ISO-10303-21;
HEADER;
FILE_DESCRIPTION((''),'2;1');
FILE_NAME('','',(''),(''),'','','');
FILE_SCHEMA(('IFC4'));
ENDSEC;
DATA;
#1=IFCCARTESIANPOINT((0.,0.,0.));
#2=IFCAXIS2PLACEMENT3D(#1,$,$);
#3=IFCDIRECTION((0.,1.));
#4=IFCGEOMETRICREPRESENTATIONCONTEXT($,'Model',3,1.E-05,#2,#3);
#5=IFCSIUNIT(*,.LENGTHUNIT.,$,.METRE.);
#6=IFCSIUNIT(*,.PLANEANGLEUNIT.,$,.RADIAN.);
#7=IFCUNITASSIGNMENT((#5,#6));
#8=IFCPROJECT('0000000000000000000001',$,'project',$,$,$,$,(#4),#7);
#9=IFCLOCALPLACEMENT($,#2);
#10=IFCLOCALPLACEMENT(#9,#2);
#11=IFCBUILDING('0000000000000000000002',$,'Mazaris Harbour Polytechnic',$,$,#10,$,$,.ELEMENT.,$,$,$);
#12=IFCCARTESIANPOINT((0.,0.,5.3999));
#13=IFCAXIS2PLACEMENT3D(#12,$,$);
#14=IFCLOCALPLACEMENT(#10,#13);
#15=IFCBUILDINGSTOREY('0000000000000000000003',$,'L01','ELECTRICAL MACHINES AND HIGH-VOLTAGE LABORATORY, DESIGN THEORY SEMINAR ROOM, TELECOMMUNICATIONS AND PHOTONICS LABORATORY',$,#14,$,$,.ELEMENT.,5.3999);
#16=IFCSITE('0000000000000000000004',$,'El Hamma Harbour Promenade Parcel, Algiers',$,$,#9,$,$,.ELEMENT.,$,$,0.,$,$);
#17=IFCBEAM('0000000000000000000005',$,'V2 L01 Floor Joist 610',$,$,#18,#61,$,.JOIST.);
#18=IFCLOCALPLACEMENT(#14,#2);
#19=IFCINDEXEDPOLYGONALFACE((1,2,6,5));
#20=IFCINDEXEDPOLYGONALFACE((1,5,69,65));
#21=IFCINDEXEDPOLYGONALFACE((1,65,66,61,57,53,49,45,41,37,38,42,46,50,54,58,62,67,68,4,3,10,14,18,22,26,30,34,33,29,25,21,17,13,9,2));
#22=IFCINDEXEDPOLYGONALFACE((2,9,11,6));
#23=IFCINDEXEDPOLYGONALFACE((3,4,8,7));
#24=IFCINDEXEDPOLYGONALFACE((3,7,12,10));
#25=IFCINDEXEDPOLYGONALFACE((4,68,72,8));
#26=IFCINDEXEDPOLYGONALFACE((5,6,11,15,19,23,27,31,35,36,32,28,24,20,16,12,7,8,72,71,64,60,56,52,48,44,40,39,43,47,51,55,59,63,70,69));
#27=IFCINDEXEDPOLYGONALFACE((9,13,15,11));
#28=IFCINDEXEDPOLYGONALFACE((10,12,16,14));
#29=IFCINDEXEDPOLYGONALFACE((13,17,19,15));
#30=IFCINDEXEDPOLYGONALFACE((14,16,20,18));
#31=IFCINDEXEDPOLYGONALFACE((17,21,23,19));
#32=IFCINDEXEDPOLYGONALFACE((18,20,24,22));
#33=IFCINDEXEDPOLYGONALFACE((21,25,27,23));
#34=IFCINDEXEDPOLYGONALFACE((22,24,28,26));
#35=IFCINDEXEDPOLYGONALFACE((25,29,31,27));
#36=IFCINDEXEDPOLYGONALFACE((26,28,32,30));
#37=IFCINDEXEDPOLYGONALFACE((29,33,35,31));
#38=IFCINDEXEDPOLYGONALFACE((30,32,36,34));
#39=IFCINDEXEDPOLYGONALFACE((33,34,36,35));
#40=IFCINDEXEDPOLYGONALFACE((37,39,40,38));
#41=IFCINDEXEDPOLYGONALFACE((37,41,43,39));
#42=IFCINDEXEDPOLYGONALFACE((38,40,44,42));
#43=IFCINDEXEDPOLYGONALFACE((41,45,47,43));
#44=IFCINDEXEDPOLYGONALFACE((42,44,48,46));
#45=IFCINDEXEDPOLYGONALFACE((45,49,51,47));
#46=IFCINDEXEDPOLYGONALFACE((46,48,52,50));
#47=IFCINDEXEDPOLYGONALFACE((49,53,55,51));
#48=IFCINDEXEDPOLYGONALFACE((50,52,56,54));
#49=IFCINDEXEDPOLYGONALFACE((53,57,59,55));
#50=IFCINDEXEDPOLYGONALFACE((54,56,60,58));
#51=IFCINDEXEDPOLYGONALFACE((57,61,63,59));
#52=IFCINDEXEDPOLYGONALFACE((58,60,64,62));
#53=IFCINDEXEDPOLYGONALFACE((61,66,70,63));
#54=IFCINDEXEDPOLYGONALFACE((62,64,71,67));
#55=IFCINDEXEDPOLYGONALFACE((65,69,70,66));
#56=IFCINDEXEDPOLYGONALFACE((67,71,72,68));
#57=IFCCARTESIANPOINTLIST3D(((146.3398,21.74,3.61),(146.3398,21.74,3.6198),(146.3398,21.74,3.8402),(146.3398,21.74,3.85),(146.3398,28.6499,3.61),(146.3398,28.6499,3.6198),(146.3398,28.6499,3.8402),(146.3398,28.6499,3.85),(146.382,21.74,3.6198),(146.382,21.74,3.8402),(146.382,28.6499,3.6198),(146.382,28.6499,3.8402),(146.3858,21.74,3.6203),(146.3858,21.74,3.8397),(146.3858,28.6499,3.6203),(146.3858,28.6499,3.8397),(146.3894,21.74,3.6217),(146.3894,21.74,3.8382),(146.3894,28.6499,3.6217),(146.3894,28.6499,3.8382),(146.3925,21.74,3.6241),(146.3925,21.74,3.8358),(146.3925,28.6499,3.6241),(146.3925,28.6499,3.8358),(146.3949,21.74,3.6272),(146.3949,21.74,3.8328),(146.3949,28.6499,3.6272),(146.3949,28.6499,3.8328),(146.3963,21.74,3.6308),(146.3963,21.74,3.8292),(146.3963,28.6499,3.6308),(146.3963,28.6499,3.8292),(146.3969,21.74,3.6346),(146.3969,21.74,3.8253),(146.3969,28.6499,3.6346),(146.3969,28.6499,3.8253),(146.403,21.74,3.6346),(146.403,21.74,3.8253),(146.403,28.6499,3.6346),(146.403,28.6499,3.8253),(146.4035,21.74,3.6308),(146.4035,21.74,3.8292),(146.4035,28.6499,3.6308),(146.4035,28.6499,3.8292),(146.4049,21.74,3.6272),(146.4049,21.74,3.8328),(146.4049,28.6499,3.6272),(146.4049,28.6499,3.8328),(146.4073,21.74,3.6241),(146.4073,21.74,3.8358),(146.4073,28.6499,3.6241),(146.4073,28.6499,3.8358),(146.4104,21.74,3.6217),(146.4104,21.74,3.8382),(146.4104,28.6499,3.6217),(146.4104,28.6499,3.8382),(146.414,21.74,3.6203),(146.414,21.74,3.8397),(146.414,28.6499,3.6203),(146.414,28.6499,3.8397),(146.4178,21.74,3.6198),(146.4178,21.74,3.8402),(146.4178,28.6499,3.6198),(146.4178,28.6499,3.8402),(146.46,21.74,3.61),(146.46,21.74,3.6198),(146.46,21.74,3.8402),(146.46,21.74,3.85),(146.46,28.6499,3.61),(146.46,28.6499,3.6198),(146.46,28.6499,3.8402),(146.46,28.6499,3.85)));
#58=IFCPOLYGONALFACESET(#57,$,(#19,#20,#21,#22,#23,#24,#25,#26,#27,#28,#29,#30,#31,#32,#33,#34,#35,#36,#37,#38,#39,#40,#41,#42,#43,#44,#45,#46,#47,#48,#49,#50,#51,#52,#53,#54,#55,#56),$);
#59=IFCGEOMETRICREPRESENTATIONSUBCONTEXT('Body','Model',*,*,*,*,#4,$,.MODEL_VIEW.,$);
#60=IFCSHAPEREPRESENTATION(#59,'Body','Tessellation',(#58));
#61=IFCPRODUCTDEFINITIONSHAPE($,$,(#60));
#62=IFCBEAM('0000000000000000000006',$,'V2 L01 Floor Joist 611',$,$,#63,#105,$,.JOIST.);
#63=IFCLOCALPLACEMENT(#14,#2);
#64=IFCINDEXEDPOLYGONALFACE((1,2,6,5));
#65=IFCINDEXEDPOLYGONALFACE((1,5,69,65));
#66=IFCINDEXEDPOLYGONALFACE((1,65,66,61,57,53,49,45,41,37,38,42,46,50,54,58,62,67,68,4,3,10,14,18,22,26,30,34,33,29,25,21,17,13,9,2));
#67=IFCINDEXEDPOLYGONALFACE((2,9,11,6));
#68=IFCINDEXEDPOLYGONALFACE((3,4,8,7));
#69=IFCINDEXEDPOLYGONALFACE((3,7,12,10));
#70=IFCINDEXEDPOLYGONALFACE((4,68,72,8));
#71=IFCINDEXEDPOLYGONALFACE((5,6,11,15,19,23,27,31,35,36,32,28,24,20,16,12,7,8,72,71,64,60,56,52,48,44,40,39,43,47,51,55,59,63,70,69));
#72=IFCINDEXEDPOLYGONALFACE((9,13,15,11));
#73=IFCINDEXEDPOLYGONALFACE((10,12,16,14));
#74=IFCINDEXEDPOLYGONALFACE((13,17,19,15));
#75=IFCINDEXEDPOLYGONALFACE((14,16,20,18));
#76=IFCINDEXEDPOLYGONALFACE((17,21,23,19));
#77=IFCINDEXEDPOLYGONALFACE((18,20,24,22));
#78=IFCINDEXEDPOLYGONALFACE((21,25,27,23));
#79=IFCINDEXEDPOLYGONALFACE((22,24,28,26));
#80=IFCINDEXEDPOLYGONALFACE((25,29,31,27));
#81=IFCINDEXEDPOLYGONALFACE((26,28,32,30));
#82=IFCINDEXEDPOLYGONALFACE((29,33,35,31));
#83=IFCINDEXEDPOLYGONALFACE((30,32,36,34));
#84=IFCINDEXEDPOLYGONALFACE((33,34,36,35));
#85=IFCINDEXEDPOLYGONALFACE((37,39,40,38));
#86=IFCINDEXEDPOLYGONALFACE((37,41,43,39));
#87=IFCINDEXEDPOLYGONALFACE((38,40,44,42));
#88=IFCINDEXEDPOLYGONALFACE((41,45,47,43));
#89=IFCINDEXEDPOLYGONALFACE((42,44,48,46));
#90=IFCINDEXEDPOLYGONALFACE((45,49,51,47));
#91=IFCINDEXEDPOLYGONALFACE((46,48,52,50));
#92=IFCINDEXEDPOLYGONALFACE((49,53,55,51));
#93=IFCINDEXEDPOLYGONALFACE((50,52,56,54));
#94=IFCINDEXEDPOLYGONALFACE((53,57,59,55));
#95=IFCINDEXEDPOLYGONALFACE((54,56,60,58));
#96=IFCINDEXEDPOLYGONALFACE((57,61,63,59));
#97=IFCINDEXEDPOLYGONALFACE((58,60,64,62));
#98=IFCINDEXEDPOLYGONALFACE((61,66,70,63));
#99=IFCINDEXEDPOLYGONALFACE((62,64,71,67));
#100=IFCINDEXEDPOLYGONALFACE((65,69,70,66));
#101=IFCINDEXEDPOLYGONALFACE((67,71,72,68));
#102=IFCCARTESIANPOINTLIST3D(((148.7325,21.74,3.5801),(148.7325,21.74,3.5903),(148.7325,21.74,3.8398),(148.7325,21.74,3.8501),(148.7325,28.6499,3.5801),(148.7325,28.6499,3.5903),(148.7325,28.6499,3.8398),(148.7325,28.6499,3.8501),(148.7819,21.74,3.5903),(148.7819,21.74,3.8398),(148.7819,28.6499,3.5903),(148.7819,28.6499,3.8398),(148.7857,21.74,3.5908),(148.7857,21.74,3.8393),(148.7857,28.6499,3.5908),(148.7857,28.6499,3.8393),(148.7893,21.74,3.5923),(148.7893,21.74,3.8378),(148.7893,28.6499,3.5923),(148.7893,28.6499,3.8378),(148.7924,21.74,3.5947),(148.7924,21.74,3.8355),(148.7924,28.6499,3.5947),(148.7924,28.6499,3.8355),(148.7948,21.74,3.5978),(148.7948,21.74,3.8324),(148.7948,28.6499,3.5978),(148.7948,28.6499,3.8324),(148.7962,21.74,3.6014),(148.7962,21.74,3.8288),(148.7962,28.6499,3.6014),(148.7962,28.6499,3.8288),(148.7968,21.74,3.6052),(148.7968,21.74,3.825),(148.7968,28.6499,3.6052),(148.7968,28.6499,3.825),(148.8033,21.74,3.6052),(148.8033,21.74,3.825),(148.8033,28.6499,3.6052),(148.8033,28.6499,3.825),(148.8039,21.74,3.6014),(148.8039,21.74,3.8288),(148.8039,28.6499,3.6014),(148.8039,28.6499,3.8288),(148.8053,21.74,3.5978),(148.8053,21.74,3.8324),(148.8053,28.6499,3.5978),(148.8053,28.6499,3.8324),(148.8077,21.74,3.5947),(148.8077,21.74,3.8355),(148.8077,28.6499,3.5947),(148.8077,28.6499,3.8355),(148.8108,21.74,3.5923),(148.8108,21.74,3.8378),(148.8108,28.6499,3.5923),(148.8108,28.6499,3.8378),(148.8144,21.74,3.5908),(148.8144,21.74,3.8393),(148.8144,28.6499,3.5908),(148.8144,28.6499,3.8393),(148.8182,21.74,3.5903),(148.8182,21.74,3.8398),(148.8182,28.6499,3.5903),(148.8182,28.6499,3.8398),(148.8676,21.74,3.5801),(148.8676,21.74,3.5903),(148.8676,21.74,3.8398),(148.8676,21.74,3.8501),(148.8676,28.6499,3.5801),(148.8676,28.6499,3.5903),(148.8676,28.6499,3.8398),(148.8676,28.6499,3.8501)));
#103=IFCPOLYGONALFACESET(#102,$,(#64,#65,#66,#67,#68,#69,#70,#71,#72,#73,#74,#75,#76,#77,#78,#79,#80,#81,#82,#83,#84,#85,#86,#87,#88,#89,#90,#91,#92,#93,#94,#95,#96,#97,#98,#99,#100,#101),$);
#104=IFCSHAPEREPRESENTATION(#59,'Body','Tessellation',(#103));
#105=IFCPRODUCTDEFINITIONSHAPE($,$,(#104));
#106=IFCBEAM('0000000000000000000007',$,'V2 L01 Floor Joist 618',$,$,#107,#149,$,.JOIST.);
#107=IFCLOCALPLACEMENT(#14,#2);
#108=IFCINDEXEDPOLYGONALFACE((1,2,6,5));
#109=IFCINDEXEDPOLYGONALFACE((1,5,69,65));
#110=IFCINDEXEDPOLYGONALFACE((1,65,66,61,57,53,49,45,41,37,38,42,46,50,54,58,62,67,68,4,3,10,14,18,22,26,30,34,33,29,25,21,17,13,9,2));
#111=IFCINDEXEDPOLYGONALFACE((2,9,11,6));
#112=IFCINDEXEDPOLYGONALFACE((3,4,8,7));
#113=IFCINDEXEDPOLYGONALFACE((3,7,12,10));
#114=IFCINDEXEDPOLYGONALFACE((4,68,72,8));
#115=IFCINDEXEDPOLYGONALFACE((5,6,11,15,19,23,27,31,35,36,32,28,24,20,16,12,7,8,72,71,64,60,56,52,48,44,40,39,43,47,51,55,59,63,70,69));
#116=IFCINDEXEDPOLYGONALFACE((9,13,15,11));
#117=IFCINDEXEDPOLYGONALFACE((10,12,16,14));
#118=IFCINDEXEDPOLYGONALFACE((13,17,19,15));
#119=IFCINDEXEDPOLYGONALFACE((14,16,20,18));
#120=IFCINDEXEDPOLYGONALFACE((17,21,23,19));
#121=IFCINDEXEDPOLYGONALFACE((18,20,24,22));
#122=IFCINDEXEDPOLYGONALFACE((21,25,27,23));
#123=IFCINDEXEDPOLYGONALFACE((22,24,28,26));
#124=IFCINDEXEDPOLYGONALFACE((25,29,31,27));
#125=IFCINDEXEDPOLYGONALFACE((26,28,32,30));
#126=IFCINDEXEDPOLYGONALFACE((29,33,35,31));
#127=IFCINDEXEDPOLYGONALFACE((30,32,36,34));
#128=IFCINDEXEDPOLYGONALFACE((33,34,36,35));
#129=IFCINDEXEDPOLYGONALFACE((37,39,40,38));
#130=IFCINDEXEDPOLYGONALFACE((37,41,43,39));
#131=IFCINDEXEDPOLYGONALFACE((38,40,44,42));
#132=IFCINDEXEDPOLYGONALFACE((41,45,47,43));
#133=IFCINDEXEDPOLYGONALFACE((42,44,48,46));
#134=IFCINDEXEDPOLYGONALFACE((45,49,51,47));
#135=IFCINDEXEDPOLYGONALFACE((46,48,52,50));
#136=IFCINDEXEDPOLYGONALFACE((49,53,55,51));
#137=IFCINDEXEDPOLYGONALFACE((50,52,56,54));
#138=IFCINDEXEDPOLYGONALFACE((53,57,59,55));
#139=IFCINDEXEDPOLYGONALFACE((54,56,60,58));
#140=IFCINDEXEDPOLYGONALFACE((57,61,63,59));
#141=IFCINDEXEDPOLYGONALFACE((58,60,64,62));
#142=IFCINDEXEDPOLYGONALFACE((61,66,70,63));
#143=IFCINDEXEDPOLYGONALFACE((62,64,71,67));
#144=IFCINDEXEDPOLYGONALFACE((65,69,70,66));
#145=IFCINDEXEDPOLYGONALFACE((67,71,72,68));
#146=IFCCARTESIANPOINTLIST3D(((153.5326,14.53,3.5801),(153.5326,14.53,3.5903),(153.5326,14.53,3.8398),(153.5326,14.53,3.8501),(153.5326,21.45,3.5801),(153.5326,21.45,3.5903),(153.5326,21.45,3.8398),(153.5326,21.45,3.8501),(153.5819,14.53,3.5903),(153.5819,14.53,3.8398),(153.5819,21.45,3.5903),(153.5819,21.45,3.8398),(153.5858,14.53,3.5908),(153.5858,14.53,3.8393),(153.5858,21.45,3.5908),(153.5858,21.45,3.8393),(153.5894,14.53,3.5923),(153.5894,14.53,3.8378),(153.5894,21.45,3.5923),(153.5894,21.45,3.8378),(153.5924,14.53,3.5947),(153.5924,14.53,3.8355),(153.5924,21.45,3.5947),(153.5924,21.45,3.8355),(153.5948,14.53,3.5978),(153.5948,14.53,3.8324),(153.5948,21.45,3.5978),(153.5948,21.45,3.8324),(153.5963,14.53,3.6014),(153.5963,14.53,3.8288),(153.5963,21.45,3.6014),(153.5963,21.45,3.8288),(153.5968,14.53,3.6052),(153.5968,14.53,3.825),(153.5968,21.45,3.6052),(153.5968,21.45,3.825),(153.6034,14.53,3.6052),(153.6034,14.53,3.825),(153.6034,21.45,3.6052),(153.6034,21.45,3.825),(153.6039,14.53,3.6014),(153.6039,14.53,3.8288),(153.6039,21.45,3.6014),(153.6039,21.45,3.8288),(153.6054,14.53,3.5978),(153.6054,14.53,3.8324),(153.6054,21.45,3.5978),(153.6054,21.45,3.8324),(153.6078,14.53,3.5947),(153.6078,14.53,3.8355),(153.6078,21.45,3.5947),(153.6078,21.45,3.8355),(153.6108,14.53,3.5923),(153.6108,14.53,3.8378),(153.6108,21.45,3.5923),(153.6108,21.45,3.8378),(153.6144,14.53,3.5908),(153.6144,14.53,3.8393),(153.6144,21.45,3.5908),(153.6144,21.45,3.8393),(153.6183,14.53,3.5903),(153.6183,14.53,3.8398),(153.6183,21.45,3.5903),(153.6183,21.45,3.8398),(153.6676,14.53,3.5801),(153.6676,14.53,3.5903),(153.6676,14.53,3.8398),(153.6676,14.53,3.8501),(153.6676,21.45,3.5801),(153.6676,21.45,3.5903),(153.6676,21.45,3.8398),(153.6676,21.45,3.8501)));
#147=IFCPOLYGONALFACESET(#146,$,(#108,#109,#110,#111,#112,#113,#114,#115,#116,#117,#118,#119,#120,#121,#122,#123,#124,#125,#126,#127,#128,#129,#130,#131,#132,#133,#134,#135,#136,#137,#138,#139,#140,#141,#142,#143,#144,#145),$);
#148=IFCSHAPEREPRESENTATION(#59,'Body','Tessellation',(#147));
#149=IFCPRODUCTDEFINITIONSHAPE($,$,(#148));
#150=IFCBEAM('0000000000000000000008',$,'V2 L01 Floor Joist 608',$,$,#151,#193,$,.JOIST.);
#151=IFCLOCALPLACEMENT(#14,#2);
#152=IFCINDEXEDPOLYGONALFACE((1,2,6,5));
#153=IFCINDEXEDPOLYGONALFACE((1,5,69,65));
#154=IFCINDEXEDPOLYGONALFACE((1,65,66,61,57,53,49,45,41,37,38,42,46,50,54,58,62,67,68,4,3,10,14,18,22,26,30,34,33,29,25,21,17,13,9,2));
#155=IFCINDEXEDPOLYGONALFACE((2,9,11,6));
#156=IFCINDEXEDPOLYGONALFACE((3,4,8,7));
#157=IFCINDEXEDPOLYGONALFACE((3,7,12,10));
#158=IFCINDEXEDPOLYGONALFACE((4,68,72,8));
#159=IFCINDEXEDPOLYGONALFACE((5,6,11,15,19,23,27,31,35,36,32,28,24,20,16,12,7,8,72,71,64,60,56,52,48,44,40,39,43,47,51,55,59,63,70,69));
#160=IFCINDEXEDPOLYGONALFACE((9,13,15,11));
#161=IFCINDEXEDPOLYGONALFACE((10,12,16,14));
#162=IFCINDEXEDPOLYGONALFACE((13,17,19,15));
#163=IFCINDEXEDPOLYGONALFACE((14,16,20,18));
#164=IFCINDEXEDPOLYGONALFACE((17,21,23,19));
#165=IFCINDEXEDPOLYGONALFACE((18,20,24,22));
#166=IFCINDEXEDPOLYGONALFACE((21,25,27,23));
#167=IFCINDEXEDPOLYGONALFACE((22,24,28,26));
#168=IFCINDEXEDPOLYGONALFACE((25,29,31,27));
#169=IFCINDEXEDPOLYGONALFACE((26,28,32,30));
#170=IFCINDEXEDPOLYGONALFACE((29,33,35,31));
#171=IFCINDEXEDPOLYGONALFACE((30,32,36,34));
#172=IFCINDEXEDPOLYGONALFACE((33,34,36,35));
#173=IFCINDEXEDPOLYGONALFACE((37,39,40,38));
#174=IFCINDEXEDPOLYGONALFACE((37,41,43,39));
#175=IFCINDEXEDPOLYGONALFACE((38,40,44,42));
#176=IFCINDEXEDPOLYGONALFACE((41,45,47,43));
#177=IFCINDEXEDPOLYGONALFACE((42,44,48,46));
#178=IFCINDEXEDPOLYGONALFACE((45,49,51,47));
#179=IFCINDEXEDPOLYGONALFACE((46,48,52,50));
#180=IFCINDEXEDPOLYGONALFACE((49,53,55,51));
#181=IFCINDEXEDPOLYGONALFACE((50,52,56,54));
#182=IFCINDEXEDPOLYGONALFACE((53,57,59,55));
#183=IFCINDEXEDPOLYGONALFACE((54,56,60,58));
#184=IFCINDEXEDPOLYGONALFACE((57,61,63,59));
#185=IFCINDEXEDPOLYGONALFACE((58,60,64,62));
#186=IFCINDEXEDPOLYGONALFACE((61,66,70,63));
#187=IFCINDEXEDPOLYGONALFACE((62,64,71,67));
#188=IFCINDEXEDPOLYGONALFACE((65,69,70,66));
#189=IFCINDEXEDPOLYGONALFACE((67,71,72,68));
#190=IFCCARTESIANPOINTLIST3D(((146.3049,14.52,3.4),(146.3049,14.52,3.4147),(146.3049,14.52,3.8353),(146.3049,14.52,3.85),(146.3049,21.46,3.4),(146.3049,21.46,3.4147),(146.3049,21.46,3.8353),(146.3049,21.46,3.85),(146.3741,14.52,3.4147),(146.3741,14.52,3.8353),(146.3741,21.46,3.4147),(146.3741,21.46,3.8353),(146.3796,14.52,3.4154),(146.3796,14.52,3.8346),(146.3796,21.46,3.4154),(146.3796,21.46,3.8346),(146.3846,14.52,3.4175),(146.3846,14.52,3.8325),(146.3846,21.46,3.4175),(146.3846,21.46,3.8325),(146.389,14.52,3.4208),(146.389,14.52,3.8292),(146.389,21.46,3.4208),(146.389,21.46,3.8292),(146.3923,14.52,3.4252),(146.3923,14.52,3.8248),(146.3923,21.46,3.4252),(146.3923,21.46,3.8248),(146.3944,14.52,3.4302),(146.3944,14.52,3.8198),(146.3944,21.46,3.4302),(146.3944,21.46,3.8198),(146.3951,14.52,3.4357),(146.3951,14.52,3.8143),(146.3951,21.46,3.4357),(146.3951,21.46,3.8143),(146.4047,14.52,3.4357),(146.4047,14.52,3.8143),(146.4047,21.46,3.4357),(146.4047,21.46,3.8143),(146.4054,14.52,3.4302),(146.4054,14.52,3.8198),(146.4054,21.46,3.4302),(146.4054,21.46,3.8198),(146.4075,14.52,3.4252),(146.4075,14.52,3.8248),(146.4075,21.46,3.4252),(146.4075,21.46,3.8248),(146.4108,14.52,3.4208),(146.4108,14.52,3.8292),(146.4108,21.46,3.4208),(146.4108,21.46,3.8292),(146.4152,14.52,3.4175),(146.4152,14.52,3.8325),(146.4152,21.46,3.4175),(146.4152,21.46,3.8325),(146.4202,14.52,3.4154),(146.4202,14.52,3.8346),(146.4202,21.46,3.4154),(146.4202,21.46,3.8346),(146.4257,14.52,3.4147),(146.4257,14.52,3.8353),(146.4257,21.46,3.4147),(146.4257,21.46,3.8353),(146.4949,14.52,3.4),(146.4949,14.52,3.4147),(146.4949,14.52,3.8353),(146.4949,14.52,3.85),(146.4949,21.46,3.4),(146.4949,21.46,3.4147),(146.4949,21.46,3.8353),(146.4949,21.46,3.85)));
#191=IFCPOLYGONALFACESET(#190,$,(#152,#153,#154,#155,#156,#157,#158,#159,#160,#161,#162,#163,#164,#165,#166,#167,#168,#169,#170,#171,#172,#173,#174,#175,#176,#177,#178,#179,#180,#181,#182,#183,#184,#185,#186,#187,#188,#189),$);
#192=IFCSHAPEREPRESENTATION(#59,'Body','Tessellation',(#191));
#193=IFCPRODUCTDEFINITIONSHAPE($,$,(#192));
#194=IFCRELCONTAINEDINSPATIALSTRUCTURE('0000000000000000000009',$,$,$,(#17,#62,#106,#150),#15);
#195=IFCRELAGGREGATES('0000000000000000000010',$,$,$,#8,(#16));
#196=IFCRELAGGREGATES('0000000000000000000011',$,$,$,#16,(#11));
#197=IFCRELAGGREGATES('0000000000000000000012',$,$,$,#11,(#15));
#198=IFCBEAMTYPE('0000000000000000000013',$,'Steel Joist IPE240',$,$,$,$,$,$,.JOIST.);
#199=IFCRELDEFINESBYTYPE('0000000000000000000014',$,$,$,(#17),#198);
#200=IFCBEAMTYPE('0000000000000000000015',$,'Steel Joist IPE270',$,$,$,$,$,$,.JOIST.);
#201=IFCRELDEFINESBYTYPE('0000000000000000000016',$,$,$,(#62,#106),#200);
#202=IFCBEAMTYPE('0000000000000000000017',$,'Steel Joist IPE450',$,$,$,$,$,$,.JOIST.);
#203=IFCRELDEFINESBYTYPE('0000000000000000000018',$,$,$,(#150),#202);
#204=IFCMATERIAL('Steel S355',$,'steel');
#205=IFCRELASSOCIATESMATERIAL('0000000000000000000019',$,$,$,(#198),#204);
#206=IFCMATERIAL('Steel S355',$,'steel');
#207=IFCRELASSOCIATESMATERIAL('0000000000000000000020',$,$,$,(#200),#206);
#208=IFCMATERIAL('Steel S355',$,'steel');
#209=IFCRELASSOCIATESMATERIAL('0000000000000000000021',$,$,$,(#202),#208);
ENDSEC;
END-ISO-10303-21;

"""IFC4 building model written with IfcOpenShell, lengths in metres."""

from ifc_helpers import new_model, si_unit, direction, frame, origin, origin_2d, place, context, subcontext, project, spatial, i_section, extrude, material, material_profile, profile_set, type_object, element, save


model = new_model("IFC4")

# Units and contexts
model_context = context("Model", 3, precision=1e-05, world=origin(), true_north=direction((0.0, 1.0)))
body_context = subcontext(model_context, "Body", "Model", "MODEL_VIEW")
ifc_project = project(units=[si_unit("LENGTHUNIT", "METRE"), si_unit("PLANEANGLEUNIT", "RADIAN")], contexts=[model_context])

# Site, building, storey
site_placement = place(None, origin())
site = spatial("IfcSite", under=ifc_project, at=site_placement, Name="El Hamma Harbour Promenade Parcel, Algiers", CompositionType="ELEMENT", RefElevation=0.0)
building_placement = place(site_placement, origin())
building = spatial("IfcBuilding", under=site, at=building_placement, Name="Mazaris Harbour Polytechnic", CompositionType="ELEMENT")
storey_placement = place(building_placement, frame((0.0, 0.0, 5.3999)))
storey = spatial("IfcBuildingStorey", under=building, at=storey_placement, Name="L01", Description="ELECTRICAL MACHINES AND HIGH-VOLTAGE LABORATORY, DESIGN THEORY SEMINAR ROOM, TELECOMMUNICATIONS AND PHOTONICS LABORATORY", CompositionType="ELEMENT", Elevation=5.3999)

# Beams
ifc_material_1 = material(Name="Steel S355", Category="steel")
ifc_material_profile_1 = material_profile(ifc_material_1, i_section(OverallWidth=0.1201, OverallDepth=0.24, WebThickness=0.0061, FlangeThickness=0.0098, FilletRadius=0.0149, at=origin_2d()), Name="IPE 240")
ifc_profile_set_1 = profile_set([ifc_material_profile_1], Name="Steel S355")
beam_type_1 = type_object("IfcBeamType", Name="Steel Joist IPE240", PredefinedType="JOIST", material=ifc_profile_set_1)
beam_1_placement = place(storey_placement, frame((146.3999, 21.74, 3.73), z_axis=(0.0, 1.0, 0.0), x_axis=(-1.0, 0.0, 0.0)))
element("IfcBeam", 1, at=beam_1_placement, inside=storey, type_object=beam_type_1, Name="V2 L01 Floor Joist 610", PredefinedType="JOIST", context=body_context, shape_type="SweptSolid", body=[
    extrude(i_section(OverallWidth=0.1201, OverallDepth=0.24, WebThickness=0.0061, FlangeThickness=0.0098, FilletRadius=0.0149, at=origin_2d()), origin(), (0.0, 0.0, 1.0), 6.9099),
])
ifc_material_2 = material(Name="Steel S355", Category="steel")
ifc_material_profile_2 = material_profile(ifc_material_2, i_section(OverallWidth=0.135, OverallDepth=0.27, WebThickness=0.0066, FlangeThickness=0.0103, FilletRadius=0.0149, at=origin_2d()), Name="IPE 270")
ifc_profile_set_2 = profile_set([ifc_material_profile_2], Name="Steel S355")
beam_type_2 = type_object("IfcBeamType", Name="Steel Joist IPE270", PredefinedType="JOIST", material=ifc_profile_set_2)
beam_2_placement = place(storey_placement, frame((148.8, 21.74, 3.7151), z_axis=(0.0, 1.0, 0.0), x_axis=(-1.0, 0.0, 0.0)))
element("IfcBeam", 2, at=beam_2_placement, inside=storey, type_object=beam_type_2, Name="V2 L01 Floor Joist 611", PredefinedType="JOIST", context=body_context, shape_type="SweptSolid", body=[
    extrude(i_section(OverallWidth=0.135, OverallDepth=0.27, WebThickness=0.0066, FlangeThickness=0.0103, FilletRadius=0.0149, at=origin_2d()), origin(), (0.0, 0.0, 1.0), 6.9099),
])
beam_3_placement = place(storey_placement, frame((153.6001, 14.53, 3.7151), z_axis=(0.0, 1.0, 0.0), x_axis=(-1.0, 0.0, 0.0)))
element("IfcBeam", 3, at=beam_3_placement, inside=storey, type_object=beam_type_2, Name="V2 L01 Floor Joist 618", PredefinedType="JOIST", context=body_context, shape_type="SweptSolid", body=[
    extrude(i_section(OverallWidth=0.135, OverallDepth=0.27, WebThickness=0.0066, FlangeThickness=0.0103, FilletRadius=0.0149, at=origin_2d()), origin(), (0.0, 0.0, 1.0), 6.9199),
])
ifc_material_3 = material(Name="Steel S355", Category="steel")
ifc_material_profile_3 = material_profile(ifc_material_3, i_section(OverallWidth=0.1899, OverallDepth=0.45, WebThickness=0.0095, FlangeThickness=0.0146, FilletRadius=0.021, at=origin_2d()), Name="IPE 450")
ifc_profile_set_3 = profile_set([ifc_material_profile_3], Name="Steel S355")
beam_type_3 = type_object("IfcBeamType", Name="Steel Joist IPE450", PredefinedType="JOIST", material=ifc_profile_set_3)
beam_4_placement = place(storey_placement, frame((146.3999, 14.52, 3.625), z_axis=(0.0, 1.0, 0.0), x_axis=(-1.0, 0.0, 0.0)))
element("IfcBeam", 4, at=beam_4_placement, inside=storey, type_object=beam_type_3, Name="V2 L01 Floor Joist 608", PredefinedType="JOIST", context=body_context, shape_type="SweptSolid", body=[
    extrude(i_section(OverallWidth=0.1899, OverallDepth=0.45, WebThickness=0.0095, FlangeThickness=0.0146, FilletRadius=0.021, at=origin_2d()), origin(), (0.0, 0.0, 1.0), 6.9399),
])

save(model, "model.ifc")
